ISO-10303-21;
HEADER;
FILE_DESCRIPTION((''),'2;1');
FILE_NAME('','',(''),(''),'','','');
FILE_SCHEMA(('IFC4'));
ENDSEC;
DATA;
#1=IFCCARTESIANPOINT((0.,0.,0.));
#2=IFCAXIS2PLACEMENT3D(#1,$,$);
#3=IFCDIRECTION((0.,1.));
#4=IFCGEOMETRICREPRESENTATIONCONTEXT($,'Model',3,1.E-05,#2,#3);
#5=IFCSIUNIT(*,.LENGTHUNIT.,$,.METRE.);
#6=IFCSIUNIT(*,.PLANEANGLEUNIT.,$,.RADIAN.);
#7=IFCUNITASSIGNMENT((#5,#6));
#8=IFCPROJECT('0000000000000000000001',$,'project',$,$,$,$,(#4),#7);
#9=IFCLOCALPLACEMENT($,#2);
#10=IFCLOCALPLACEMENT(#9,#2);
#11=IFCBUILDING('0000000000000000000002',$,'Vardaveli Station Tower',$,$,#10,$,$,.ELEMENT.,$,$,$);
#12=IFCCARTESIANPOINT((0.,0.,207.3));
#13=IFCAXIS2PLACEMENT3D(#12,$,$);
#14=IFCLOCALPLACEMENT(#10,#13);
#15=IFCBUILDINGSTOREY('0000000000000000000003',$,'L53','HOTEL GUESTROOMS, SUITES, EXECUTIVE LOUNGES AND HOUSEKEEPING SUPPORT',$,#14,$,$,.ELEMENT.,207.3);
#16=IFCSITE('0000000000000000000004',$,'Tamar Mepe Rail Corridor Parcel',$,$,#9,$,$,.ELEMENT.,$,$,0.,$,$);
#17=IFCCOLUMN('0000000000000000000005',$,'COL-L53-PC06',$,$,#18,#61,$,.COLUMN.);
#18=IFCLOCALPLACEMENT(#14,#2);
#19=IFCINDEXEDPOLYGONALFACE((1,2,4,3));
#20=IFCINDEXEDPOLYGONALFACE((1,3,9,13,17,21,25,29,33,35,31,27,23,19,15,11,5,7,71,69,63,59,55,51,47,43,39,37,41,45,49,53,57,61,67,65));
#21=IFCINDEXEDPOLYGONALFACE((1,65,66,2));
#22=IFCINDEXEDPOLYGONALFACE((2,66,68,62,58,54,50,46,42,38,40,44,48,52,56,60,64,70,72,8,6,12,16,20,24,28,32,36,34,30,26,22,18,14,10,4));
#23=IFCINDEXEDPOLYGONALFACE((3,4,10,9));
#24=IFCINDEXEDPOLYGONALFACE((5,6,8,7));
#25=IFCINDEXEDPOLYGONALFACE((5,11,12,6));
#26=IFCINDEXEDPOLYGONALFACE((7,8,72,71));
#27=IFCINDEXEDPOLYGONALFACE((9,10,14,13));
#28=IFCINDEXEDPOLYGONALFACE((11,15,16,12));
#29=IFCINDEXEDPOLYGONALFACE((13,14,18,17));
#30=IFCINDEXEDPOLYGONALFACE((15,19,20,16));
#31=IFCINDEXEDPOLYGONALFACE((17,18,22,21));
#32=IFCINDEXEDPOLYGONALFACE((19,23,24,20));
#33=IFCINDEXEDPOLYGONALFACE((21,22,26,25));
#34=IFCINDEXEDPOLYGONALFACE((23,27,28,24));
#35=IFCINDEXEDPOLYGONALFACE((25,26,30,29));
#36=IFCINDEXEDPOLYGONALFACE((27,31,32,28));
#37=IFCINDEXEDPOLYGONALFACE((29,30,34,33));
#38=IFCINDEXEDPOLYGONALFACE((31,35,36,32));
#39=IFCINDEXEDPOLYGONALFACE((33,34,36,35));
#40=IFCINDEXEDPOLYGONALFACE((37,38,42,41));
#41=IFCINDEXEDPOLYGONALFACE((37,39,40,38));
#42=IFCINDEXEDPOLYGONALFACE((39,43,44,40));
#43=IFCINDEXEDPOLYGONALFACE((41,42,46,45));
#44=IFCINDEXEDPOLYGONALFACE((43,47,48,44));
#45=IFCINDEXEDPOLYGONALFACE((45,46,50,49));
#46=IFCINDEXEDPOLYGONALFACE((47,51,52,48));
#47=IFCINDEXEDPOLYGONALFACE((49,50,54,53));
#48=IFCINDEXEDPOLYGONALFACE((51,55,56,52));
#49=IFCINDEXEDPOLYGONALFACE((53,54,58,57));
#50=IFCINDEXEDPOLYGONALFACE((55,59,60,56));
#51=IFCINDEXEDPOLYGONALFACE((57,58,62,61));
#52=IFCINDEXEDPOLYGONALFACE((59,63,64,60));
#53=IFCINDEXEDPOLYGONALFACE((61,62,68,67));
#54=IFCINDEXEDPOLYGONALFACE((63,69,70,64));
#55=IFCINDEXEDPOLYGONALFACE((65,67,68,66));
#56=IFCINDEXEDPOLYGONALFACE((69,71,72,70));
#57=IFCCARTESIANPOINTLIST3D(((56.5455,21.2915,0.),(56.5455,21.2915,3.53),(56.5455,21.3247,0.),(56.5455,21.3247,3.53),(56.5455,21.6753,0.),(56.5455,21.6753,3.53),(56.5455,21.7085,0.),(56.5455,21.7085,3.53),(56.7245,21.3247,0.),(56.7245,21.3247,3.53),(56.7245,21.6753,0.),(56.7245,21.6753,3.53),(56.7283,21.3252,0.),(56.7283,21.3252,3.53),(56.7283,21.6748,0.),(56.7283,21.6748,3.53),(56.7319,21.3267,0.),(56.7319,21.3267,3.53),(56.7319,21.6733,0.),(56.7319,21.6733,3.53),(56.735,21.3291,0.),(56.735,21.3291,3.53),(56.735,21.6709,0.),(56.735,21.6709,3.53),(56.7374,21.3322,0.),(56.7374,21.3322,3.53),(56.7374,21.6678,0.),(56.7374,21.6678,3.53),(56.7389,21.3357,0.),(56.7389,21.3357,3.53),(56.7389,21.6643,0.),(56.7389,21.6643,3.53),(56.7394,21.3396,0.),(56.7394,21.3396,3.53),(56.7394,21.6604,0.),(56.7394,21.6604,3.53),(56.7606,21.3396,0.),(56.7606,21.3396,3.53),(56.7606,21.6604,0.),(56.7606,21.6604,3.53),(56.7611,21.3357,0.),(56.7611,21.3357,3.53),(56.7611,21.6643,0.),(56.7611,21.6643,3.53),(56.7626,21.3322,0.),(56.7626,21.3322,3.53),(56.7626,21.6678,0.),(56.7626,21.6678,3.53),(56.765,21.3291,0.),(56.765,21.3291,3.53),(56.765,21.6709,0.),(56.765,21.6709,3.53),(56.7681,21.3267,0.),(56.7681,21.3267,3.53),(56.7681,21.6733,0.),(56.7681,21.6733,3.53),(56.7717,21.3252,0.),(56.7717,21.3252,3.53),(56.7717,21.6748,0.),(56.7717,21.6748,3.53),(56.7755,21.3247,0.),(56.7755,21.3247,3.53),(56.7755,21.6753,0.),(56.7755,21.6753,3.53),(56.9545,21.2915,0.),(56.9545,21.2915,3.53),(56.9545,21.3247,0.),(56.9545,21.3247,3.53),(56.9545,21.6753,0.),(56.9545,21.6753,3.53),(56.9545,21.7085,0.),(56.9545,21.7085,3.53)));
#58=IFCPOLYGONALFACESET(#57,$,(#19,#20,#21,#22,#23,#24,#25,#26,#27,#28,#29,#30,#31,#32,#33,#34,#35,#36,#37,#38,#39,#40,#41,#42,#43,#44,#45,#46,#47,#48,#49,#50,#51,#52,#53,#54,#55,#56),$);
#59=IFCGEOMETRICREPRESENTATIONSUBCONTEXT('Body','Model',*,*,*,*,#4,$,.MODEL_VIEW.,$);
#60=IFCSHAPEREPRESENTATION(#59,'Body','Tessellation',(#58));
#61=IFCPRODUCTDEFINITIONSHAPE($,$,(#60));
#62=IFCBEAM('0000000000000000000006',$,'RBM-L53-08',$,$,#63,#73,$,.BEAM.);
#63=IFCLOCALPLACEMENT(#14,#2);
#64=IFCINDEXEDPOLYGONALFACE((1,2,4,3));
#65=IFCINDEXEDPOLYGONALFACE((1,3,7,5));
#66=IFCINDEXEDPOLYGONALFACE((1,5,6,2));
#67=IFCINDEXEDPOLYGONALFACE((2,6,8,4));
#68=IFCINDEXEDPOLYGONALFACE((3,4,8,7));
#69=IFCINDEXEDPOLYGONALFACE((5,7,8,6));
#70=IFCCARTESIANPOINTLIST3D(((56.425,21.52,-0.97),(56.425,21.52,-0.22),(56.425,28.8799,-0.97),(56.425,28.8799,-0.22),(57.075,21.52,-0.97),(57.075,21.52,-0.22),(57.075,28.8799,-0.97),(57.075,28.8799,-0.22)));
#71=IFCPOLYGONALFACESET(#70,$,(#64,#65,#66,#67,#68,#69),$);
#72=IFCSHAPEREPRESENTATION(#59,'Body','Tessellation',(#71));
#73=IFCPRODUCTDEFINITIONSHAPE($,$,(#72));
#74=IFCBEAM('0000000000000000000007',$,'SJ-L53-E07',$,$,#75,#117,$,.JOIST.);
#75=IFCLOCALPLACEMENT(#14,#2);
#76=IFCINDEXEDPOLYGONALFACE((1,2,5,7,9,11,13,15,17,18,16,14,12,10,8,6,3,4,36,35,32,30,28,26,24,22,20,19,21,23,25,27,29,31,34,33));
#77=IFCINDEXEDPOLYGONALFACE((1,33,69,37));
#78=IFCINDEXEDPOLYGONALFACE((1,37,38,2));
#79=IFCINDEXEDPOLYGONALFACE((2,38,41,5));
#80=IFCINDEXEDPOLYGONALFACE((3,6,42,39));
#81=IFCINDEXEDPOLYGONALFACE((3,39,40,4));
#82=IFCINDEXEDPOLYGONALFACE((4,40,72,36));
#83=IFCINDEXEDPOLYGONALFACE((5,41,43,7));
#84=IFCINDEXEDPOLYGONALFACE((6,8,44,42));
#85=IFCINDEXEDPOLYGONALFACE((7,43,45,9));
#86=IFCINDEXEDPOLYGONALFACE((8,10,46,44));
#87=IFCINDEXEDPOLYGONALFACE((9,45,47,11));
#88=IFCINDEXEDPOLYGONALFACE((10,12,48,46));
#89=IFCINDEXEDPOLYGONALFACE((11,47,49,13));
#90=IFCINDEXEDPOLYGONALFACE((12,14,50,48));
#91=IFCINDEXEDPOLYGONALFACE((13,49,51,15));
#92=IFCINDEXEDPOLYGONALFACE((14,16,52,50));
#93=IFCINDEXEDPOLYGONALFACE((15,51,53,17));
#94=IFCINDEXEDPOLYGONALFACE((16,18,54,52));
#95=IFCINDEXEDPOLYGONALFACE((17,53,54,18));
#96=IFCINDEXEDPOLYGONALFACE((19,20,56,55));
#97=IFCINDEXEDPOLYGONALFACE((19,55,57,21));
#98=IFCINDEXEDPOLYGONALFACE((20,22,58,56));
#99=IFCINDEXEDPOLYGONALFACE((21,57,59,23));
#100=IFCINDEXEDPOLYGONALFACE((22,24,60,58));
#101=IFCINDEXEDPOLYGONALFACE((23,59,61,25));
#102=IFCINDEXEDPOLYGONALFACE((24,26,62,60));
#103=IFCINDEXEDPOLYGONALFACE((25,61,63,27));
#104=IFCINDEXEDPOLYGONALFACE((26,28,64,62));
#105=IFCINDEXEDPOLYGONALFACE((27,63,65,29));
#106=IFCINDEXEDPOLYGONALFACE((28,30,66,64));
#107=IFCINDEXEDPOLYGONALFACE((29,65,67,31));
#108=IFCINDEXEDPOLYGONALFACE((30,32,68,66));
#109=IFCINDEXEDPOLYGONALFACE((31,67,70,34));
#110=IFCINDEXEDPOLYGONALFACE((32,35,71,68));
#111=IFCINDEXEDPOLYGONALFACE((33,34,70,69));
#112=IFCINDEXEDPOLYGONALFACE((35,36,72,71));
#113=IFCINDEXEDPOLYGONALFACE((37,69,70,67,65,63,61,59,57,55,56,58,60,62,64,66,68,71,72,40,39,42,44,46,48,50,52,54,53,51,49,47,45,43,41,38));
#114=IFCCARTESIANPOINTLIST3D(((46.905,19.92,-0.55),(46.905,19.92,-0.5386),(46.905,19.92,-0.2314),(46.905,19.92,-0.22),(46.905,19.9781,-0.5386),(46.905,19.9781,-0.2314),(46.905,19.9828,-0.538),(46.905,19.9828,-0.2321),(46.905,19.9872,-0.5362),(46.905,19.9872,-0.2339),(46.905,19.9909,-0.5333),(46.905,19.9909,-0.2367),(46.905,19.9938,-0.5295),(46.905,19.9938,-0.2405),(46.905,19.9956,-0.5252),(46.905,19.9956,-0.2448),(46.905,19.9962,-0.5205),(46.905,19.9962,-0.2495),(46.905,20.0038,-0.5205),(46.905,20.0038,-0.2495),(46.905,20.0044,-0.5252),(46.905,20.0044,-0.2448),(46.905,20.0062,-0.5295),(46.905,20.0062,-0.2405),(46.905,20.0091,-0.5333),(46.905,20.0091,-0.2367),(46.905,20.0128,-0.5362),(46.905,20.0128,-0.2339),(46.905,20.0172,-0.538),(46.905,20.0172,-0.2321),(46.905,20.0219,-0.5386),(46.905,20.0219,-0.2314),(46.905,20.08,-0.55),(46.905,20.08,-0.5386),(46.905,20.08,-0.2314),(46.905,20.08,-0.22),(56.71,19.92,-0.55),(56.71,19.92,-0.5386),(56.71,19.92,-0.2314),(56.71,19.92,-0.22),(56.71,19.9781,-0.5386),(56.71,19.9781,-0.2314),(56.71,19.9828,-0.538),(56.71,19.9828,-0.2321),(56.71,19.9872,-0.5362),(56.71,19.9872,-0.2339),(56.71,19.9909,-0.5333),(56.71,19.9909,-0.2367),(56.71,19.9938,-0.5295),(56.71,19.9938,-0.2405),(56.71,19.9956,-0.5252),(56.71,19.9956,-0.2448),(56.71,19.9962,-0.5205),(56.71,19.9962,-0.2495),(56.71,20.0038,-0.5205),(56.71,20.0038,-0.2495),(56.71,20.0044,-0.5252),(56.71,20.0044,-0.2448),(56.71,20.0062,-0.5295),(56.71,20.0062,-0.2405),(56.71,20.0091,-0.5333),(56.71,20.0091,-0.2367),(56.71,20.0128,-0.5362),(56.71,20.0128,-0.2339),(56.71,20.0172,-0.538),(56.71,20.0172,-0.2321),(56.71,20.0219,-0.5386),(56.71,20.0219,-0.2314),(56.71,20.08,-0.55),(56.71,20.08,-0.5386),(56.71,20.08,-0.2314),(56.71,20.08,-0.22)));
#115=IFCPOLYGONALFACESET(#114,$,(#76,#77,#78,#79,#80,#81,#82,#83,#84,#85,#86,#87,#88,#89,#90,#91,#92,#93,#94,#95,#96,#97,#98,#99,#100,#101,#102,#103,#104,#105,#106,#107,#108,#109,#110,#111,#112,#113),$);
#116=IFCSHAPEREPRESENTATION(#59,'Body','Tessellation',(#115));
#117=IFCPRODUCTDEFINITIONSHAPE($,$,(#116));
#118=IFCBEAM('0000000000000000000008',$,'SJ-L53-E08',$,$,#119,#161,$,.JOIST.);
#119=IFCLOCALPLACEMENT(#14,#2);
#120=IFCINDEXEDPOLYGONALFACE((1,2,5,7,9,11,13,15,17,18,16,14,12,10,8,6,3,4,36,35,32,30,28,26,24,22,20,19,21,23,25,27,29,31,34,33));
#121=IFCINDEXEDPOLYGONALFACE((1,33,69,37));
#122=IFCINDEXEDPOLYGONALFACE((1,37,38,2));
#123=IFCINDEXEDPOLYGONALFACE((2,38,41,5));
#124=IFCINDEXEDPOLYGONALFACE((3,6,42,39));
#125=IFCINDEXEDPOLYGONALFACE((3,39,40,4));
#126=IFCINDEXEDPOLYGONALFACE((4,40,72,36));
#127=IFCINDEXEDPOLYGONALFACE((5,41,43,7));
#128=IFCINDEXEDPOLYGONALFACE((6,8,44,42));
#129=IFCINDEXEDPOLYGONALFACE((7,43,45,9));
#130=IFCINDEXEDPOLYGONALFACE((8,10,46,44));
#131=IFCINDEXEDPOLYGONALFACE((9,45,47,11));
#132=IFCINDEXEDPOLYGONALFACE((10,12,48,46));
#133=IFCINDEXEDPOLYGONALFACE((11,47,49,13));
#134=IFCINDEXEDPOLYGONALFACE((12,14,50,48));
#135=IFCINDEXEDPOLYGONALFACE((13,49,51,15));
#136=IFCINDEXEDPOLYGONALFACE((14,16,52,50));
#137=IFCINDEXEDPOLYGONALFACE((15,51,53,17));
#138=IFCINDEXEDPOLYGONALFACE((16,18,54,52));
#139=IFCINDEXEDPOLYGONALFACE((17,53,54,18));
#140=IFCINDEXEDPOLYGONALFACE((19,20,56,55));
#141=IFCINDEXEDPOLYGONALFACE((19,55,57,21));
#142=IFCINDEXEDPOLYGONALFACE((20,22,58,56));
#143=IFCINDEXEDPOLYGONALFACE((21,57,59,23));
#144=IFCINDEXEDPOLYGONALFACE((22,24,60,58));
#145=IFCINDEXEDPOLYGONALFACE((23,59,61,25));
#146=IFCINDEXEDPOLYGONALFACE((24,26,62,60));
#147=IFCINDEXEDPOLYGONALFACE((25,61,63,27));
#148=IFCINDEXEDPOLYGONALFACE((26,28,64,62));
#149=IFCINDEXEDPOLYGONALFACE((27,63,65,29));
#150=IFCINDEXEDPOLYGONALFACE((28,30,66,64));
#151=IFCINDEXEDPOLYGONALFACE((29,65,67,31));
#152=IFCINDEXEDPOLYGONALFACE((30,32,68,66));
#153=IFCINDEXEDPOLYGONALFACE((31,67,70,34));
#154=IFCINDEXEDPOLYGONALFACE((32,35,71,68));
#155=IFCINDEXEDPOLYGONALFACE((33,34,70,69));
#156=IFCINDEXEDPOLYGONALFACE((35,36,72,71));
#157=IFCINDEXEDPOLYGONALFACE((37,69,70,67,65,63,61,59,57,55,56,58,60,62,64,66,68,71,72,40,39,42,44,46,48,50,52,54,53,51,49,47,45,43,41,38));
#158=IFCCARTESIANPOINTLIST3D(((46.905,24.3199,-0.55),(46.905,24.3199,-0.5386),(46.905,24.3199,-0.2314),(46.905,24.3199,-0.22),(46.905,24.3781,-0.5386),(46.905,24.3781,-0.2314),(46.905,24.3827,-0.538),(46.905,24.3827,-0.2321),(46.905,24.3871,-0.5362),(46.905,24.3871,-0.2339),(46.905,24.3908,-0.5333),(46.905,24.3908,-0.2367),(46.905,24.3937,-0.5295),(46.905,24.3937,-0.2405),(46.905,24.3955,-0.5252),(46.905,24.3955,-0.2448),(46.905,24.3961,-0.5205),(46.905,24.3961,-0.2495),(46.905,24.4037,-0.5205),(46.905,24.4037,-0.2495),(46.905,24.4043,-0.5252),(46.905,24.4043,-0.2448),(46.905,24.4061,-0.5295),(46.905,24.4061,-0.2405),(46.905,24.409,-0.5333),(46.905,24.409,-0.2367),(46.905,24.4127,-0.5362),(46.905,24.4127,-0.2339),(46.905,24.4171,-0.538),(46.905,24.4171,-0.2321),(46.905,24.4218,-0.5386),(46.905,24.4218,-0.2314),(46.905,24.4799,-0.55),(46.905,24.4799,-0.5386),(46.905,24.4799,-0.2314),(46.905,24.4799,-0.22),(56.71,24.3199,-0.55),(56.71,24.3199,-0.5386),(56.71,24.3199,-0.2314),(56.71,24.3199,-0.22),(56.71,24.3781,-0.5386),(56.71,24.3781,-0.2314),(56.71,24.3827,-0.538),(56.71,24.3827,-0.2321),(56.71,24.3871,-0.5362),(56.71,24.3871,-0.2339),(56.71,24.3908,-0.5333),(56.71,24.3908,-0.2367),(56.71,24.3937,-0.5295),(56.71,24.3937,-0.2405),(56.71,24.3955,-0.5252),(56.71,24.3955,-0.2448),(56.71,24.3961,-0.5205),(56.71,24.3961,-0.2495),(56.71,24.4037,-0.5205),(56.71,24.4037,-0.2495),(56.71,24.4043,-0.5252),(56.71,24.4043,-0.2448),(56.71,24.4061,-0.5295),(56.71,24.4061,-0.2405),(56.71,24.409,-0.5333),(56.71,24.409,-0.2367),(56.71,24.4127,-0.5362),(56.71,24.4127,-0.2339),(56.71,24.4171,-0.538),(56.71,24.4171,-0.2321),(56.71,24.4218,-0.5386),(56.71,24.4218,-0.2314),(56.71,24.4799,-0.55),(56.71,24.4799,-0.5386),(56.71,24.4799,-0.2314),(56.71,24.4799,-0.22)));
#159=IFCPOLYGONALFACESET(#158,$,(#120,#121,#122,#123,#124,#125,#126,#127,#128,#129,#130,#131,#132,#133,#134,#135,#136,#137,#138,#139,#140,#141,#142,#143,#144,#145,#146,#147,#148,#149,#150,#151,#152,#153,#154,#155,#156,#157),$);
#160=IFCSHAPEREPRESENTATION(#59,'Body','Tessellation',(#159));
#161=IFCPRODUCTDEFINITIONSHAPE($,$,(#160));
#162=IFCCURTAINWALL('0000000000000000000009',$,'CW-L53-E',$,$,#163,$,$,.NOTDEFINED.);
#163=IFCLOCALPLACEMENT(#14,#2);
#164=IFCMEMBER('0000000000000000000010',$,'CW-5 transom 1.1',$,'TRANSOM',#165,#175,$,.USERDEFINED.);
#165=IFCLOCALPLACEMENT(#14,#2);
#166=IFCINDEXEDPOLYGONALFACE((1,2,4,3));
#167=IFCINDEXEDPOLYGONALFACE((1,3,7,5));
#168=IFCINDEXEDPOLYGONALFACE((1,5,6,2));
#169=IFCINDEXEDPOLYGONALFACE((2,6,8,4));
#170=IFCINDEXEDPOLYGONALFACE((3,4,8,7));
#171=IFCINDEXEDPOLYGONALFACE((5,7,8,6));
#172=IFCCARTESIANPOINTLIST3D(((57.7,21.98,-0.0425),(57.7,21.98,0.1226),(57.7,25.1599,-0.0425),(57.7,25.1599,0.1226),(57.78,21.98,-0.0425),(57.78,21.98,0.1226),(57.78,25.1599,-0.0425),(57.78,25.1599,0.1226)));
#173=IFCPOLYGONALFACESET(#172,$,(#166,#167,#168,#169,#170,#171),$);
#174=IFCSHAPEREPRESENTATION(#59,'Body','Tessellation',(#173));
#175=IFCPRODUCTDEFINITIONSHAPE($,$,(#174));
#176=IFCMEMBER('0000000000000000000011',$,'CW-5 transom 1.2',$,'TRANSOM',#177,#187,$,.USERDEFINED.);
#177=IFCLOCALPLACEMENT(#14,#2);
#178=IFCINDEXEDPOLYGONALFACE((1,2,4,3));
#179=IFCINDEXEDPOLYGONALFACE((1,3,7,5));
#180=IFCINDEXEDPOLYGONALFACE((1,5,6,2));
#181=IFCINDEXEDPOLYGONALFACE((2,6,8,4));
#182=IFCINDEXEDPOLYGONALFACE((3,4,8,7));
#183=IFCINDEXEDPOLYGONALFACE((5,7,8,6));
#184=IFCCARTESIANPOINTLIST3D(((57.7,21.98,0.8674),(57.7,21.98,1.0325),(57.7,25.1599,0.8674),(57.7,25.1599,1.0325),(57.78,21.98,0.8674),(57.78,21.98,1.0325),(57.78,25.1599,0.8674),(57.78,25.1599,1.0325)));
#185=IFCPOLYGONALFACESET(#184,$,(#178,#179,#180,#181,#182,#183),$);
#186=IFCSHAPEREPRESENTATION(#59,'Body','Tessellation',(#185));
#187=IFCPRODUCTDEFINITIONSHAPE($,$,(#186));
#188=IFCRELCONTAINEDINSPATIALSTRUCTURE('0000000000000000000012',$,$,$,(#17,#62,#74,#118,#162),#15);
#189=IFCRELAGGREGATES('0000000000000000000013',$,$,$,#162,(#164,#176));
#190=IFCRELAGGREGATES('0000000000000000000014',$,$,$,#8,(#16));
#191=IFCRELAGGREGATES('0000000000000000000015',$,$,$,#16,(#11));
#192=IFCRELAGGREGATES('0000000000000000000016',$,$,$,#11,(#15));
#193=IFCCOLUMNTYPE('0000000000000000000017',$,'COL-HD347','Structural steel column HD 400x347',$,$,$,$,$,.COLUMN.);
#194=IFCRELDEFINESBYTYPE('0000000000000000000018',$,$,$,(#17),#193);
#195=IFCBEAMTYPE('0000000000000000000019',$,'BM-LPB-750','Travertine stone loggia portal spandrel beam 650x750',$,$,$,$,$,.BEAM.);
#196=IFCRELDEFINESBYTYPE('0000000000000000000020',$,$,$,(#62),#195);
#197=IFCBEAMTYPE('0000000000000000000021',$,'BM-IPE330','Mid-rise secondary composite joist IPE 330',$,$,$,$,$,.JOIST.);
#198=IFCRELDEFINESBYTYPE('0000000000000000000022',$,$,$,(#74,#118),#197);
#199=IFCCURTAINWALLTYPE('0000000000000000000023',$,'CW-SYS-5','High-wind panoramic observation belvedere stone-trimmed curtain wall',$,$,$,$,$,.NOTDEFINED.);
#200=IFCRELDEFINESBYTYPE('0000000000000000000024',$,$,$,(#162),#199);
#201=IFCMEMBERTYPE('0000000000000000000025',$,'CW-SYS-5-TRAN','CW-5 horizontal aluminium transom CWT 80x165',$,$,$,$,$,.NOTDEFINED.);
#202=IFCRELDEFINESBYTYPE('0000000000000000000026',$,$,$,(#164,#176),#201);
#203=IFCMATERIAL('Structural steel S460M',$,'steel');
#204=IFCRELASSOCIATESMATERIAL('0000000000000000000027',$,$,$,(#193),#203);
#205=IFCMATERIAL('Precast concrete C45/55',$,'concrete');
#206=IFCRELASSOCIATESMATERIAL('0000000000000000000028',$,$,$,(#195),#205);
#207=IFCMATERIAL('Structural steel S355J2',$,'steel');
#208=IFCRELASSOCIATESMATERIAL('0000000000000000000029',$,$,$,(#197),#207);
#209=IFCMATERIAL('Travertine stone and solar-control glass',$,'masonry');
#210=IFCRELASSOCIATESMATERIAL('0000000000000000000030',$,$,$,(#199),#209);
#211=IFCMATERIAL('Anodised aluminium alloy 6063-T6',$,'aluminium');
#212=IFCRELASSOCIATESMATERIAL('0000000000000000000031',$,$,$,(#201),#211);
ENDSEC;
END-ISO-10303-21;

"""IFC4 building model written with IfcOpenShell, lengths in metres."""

from ifc_helpers import new_model, si_unit, direction, frame, origin, origin_2d, place, context, subcontext, project, spatial, rectangle, i_section, extrude, source, transform, mapped, material, material_profile, profile_set, type_object, element, aggregate, save


model = new_model("IFC4")

# Units and contexts
model_context = context("Model", 3, precision=1e-05, world=origin(), true_north=direction((0.0, 1.0)))
body_context = subcontext(model_context, "Body", "Model", "MODEL_VIEW")
ifc_project = project(units=[si_unit("LENGTHUNIT", "METRE"), si_unit("PLANEANGLEUNIT", "RADIAN")], contexts=[model_context])

# Site, building, storey
site_placement = place(None, origin())
site = spatial("IfcSite", under=ifc_project, at=site_placement, Name="Tamar Mepe Rail Corridor Parcel", CompositionType="ELEMENT", RefElevation=0.0)
building_placement = place(site_placement, origin())
building = spatial("IfcBuilding", under=site, at=building_placement, Name="Vardaveli Station Tower", CompositionType="ELEMENT")
storey_placement = place(building_placement, frame((0.0, 0.0, 207.3)))
storey = spatial("IfcBuildingStorey", under=building, at=storey_placement, Name="L53", Description="HOTEL GUESTROOMS, SUITES, EXECUTIVE LOUNGES AND HOUSEKEEPING SUPPORT", CompositionType="ELEMENT", Elevation=207.3)

# Column
ifc_material_1 = material(Name="Structural steel S460M", Category="steel")
ifc_material_profile_1 = material_profile(ifc_material_1, i_section(OverallWidth=0.4089, OverallDepth=0.417, WebThickness=0.0212, FlangeThickness=0.0332, FilletRadius=0.0149, at=origin_2d()), Name="HD 400x347")
ifc_profile_set_1 = profile_set([ifc_material_profile_1], Name="Structural steel S460M")
column_type = type_object("IfcColumnType", Name="COL-HD347", Description="Structural steel column HD 400x347", PredefinedType="COLUMN", material=ifc_profile_set_1)
shared_shape_1 = source(origin(), body_context, "Body", "SweptSolid", [
    extrude(i_section(OverallWidth=0.4089, OverallDepth=0.417, WebThickness=0.0212, FlangeThickness=0.0332, FilletRadius=0.0149, at=origin_2d()), origin(), (0.0, 0.0, 1.0), 3.53),
])
column_placement = place(storey_placement, frame((56.75, 21.5, 0.0), z_axis=(0.0, 0.0, 1.0), x_axis=(1.0, 0.0, 0.0)))
element("IfcColumn", 1, at=column_placement, inside=storey, type_object=column_type, Name="COL-L53-PC06", PredefinedType="COLUMN", context=body_context, shape_type="MappedRepresentation", body=[
    mapped(shared_shape_1, transform((0.0, 0.0, 0.0), scale=1.0)),
])

# Beams
ifc_material_2 = material(Name="Precast concrete C45/55", Category="concrete")
ifc_material_profile_2 = material_profile(ifc_material_2, rectangle(XDim=0.6499, YDim=0.75, at=origin_2d()), Name="LPB 650x750")
ifc_profile_set_2 = profile_set([ifc_material_profile_2], Name="Precast concrete C45/55")
beam_type_1 = type_object("IfcBeamType", Name="BM-LPB-750", Description="Travertine stone loggia portal spandrel beam 650x750", PredefinedType="BEAM", material=ifc_profile_set_2)
shared_shape_2 = source(origin(), body_context, "Body", "SweptSolid", [
    extrude(rectangle(XDim=0.6499, YDim=0.75, at=origin_2d()), origin(), (0.0, 0.0, 1.0), 7.3599),
])
beam_placement = place(storey_placement, frame((56.75, 21.52, -0.595), z_axis=(0.0, 1.0, 0.0), x_axis=(-1.0, 0.0, 0.0)))
element("IfcBeam", 2, at=beam_placement, inside=storey, type_object=beam_type_1, Name="RBM-L53-08", PredefinedType="BEAM", context=body_context, shape_type="MappedRepresentation", body=[
    mapped(shared_shape_2, transform((0.0, 0.0, 0.0), scale=1.0)),
])
ifc_material_3 = material(Name="Structural steel S355J2", Category="steel")
ifc_material_profile_3 = material_profile(ifc_material_3, i_section(OverallWidth=0.1599, OverallDepth=0.3301, WebThickness=0.0076, FlangeThickness=0.0115, FilletRadius=0.0181, at=origin_2d()), Name="IPE 330")
ifc_profile_set_3 = profile_set([ifc_material_profile_3], Name="Structural steel S355J2")
beam_type_2 = type_object("IfcBeamType", Name="BM-IPE330", Description="Mid-rise secondary composite joist IPE 330", PredefinedType="JOIST", material=ifc_profile_set_3)
shared_shape_3 = source(origin(), body_context, "Body", "SweptSolid", [
    extrude(i_section(OverallWidth=0.1599, OverallDepth=0.3301, WebThickness=0.0076, FlangeThickness=0.0115, FilletRadius=0.0181, at=origin_2d()), origin(), (0.0, 0.0, 1.0), 9.8049),
])
for number, where, z_axis, x_axis, name in (
    (3, (46.905, 20.0, -0.385), (1.0, 0.0, 0.0), (0.0, 1.0, 0.0), "SJ-L53-E07"),
    (4, (46.905, 24.3999, -0.385), (1.0, 0.0, 0.0), (0.0, 1.0, 0.0), "SJ-L53-E08"),
):
    element("IfcBeam", number, at=place(storey_placement, frame(where, z_axis=z_axis, x_axis=x_axis)), inside=storey, type_object=beam_type_2, Name=name, PredefinedType="JOIST", context=body_context, shape_type="MappedRepresentation", body=[
        mapped(shared_shape_3, transform((0.0, 0.0, 0.0), scale=1.0)),
    ])

# Curtain wall, members
ifc_material_4 = material(Name="Travertine stone and solar-control glass", Category="masonry")
curtain_wall_type = type_object("IfcCurtainWallType", Name="CW-SYS-5", Description="High-wind panoramic observation belvedere stone-trimmed curtain wall", PredefinedType="NOTDEFINED", material=ifc_material_4)
curtain_wall_placement = place(storey_placement, origin())
curtain_wall = element("IfcCurtainWall", 5, at=curtain_wall_placement, inside=storey, type_object=curtain_wall_type, Name="CW-L53-E", PredefinedType="NOTDEFINED")
ifc_material_5 = material(Name="Anodised aluminium alloy 6063-T6", Category="aluminium")
ifc_material_profile_4 = material_profile(ifc_material_5, rectangle(XDim=0.0801, YDim=0.165, at=origin_2d()), Name="CWT 80x165")
ifc_profile_set_4 = profile_set([ifc_material_profile_4], Name="Anodised aluminium alloy 6063-T6")
member_type_1 = type_object("IfcMemberType", Name="CW-SYS-5-TRAN", Description="CW-5 horizontal aluminium transom CWT 80x165", PredefinedType="NOTDEFINED", material=ifc_profile_set_4)
shared_shape_4 = source(origin(), body_context, "Body", "SweptSolid", [
    extrude(rectangle(XDim=0.0801, YDim=0.165, at=origin_2d()), origin(), (0.0, 0.0, 1.0), 3.1799),
])
member_1_placement = place(storey_placement, frame((57.74, 21.98, 0.04), z_axis=(0.0, 1.0, 0.0), x_axis=(-1.0, 0.0, 0.0)))
member_1 = element("IfcMember", 6, at=member_1_placement, type_object=member_type_1, Name="CW-5 transom 1.1", ObjectType="TRANSOM", PredefinedType="USERDEFINED", context=body_context, shape_type="MappedRepresentation", body=[
    mapped(shared_shape_4, transform((0.0, 0.0, 0.0), scale=1.0)),
])
member_2_placement = place(storey_placement, frame((57.74, 21.98, 0.95), z_axis=(0.0, 1.0, 0.0), x_axis=(-1.0, 0.0, 0.0)))
member_2 = element("IfcMember", 7, at=member_2_placement, type_object=member_type_1, Name="CW-5 transom 1.2", ObjectType="TRANSOM", PredefinedType="USERDEFINED", context=body_context, shape_type="MappedRepresentation", body=[
    mapped(shared_shape_4, transform((0.0, 0.0, 0.0), scale=1.0)),
])
aggregate(curtain_wall, [member_1, member_2])

save(model, "model.ifc")
